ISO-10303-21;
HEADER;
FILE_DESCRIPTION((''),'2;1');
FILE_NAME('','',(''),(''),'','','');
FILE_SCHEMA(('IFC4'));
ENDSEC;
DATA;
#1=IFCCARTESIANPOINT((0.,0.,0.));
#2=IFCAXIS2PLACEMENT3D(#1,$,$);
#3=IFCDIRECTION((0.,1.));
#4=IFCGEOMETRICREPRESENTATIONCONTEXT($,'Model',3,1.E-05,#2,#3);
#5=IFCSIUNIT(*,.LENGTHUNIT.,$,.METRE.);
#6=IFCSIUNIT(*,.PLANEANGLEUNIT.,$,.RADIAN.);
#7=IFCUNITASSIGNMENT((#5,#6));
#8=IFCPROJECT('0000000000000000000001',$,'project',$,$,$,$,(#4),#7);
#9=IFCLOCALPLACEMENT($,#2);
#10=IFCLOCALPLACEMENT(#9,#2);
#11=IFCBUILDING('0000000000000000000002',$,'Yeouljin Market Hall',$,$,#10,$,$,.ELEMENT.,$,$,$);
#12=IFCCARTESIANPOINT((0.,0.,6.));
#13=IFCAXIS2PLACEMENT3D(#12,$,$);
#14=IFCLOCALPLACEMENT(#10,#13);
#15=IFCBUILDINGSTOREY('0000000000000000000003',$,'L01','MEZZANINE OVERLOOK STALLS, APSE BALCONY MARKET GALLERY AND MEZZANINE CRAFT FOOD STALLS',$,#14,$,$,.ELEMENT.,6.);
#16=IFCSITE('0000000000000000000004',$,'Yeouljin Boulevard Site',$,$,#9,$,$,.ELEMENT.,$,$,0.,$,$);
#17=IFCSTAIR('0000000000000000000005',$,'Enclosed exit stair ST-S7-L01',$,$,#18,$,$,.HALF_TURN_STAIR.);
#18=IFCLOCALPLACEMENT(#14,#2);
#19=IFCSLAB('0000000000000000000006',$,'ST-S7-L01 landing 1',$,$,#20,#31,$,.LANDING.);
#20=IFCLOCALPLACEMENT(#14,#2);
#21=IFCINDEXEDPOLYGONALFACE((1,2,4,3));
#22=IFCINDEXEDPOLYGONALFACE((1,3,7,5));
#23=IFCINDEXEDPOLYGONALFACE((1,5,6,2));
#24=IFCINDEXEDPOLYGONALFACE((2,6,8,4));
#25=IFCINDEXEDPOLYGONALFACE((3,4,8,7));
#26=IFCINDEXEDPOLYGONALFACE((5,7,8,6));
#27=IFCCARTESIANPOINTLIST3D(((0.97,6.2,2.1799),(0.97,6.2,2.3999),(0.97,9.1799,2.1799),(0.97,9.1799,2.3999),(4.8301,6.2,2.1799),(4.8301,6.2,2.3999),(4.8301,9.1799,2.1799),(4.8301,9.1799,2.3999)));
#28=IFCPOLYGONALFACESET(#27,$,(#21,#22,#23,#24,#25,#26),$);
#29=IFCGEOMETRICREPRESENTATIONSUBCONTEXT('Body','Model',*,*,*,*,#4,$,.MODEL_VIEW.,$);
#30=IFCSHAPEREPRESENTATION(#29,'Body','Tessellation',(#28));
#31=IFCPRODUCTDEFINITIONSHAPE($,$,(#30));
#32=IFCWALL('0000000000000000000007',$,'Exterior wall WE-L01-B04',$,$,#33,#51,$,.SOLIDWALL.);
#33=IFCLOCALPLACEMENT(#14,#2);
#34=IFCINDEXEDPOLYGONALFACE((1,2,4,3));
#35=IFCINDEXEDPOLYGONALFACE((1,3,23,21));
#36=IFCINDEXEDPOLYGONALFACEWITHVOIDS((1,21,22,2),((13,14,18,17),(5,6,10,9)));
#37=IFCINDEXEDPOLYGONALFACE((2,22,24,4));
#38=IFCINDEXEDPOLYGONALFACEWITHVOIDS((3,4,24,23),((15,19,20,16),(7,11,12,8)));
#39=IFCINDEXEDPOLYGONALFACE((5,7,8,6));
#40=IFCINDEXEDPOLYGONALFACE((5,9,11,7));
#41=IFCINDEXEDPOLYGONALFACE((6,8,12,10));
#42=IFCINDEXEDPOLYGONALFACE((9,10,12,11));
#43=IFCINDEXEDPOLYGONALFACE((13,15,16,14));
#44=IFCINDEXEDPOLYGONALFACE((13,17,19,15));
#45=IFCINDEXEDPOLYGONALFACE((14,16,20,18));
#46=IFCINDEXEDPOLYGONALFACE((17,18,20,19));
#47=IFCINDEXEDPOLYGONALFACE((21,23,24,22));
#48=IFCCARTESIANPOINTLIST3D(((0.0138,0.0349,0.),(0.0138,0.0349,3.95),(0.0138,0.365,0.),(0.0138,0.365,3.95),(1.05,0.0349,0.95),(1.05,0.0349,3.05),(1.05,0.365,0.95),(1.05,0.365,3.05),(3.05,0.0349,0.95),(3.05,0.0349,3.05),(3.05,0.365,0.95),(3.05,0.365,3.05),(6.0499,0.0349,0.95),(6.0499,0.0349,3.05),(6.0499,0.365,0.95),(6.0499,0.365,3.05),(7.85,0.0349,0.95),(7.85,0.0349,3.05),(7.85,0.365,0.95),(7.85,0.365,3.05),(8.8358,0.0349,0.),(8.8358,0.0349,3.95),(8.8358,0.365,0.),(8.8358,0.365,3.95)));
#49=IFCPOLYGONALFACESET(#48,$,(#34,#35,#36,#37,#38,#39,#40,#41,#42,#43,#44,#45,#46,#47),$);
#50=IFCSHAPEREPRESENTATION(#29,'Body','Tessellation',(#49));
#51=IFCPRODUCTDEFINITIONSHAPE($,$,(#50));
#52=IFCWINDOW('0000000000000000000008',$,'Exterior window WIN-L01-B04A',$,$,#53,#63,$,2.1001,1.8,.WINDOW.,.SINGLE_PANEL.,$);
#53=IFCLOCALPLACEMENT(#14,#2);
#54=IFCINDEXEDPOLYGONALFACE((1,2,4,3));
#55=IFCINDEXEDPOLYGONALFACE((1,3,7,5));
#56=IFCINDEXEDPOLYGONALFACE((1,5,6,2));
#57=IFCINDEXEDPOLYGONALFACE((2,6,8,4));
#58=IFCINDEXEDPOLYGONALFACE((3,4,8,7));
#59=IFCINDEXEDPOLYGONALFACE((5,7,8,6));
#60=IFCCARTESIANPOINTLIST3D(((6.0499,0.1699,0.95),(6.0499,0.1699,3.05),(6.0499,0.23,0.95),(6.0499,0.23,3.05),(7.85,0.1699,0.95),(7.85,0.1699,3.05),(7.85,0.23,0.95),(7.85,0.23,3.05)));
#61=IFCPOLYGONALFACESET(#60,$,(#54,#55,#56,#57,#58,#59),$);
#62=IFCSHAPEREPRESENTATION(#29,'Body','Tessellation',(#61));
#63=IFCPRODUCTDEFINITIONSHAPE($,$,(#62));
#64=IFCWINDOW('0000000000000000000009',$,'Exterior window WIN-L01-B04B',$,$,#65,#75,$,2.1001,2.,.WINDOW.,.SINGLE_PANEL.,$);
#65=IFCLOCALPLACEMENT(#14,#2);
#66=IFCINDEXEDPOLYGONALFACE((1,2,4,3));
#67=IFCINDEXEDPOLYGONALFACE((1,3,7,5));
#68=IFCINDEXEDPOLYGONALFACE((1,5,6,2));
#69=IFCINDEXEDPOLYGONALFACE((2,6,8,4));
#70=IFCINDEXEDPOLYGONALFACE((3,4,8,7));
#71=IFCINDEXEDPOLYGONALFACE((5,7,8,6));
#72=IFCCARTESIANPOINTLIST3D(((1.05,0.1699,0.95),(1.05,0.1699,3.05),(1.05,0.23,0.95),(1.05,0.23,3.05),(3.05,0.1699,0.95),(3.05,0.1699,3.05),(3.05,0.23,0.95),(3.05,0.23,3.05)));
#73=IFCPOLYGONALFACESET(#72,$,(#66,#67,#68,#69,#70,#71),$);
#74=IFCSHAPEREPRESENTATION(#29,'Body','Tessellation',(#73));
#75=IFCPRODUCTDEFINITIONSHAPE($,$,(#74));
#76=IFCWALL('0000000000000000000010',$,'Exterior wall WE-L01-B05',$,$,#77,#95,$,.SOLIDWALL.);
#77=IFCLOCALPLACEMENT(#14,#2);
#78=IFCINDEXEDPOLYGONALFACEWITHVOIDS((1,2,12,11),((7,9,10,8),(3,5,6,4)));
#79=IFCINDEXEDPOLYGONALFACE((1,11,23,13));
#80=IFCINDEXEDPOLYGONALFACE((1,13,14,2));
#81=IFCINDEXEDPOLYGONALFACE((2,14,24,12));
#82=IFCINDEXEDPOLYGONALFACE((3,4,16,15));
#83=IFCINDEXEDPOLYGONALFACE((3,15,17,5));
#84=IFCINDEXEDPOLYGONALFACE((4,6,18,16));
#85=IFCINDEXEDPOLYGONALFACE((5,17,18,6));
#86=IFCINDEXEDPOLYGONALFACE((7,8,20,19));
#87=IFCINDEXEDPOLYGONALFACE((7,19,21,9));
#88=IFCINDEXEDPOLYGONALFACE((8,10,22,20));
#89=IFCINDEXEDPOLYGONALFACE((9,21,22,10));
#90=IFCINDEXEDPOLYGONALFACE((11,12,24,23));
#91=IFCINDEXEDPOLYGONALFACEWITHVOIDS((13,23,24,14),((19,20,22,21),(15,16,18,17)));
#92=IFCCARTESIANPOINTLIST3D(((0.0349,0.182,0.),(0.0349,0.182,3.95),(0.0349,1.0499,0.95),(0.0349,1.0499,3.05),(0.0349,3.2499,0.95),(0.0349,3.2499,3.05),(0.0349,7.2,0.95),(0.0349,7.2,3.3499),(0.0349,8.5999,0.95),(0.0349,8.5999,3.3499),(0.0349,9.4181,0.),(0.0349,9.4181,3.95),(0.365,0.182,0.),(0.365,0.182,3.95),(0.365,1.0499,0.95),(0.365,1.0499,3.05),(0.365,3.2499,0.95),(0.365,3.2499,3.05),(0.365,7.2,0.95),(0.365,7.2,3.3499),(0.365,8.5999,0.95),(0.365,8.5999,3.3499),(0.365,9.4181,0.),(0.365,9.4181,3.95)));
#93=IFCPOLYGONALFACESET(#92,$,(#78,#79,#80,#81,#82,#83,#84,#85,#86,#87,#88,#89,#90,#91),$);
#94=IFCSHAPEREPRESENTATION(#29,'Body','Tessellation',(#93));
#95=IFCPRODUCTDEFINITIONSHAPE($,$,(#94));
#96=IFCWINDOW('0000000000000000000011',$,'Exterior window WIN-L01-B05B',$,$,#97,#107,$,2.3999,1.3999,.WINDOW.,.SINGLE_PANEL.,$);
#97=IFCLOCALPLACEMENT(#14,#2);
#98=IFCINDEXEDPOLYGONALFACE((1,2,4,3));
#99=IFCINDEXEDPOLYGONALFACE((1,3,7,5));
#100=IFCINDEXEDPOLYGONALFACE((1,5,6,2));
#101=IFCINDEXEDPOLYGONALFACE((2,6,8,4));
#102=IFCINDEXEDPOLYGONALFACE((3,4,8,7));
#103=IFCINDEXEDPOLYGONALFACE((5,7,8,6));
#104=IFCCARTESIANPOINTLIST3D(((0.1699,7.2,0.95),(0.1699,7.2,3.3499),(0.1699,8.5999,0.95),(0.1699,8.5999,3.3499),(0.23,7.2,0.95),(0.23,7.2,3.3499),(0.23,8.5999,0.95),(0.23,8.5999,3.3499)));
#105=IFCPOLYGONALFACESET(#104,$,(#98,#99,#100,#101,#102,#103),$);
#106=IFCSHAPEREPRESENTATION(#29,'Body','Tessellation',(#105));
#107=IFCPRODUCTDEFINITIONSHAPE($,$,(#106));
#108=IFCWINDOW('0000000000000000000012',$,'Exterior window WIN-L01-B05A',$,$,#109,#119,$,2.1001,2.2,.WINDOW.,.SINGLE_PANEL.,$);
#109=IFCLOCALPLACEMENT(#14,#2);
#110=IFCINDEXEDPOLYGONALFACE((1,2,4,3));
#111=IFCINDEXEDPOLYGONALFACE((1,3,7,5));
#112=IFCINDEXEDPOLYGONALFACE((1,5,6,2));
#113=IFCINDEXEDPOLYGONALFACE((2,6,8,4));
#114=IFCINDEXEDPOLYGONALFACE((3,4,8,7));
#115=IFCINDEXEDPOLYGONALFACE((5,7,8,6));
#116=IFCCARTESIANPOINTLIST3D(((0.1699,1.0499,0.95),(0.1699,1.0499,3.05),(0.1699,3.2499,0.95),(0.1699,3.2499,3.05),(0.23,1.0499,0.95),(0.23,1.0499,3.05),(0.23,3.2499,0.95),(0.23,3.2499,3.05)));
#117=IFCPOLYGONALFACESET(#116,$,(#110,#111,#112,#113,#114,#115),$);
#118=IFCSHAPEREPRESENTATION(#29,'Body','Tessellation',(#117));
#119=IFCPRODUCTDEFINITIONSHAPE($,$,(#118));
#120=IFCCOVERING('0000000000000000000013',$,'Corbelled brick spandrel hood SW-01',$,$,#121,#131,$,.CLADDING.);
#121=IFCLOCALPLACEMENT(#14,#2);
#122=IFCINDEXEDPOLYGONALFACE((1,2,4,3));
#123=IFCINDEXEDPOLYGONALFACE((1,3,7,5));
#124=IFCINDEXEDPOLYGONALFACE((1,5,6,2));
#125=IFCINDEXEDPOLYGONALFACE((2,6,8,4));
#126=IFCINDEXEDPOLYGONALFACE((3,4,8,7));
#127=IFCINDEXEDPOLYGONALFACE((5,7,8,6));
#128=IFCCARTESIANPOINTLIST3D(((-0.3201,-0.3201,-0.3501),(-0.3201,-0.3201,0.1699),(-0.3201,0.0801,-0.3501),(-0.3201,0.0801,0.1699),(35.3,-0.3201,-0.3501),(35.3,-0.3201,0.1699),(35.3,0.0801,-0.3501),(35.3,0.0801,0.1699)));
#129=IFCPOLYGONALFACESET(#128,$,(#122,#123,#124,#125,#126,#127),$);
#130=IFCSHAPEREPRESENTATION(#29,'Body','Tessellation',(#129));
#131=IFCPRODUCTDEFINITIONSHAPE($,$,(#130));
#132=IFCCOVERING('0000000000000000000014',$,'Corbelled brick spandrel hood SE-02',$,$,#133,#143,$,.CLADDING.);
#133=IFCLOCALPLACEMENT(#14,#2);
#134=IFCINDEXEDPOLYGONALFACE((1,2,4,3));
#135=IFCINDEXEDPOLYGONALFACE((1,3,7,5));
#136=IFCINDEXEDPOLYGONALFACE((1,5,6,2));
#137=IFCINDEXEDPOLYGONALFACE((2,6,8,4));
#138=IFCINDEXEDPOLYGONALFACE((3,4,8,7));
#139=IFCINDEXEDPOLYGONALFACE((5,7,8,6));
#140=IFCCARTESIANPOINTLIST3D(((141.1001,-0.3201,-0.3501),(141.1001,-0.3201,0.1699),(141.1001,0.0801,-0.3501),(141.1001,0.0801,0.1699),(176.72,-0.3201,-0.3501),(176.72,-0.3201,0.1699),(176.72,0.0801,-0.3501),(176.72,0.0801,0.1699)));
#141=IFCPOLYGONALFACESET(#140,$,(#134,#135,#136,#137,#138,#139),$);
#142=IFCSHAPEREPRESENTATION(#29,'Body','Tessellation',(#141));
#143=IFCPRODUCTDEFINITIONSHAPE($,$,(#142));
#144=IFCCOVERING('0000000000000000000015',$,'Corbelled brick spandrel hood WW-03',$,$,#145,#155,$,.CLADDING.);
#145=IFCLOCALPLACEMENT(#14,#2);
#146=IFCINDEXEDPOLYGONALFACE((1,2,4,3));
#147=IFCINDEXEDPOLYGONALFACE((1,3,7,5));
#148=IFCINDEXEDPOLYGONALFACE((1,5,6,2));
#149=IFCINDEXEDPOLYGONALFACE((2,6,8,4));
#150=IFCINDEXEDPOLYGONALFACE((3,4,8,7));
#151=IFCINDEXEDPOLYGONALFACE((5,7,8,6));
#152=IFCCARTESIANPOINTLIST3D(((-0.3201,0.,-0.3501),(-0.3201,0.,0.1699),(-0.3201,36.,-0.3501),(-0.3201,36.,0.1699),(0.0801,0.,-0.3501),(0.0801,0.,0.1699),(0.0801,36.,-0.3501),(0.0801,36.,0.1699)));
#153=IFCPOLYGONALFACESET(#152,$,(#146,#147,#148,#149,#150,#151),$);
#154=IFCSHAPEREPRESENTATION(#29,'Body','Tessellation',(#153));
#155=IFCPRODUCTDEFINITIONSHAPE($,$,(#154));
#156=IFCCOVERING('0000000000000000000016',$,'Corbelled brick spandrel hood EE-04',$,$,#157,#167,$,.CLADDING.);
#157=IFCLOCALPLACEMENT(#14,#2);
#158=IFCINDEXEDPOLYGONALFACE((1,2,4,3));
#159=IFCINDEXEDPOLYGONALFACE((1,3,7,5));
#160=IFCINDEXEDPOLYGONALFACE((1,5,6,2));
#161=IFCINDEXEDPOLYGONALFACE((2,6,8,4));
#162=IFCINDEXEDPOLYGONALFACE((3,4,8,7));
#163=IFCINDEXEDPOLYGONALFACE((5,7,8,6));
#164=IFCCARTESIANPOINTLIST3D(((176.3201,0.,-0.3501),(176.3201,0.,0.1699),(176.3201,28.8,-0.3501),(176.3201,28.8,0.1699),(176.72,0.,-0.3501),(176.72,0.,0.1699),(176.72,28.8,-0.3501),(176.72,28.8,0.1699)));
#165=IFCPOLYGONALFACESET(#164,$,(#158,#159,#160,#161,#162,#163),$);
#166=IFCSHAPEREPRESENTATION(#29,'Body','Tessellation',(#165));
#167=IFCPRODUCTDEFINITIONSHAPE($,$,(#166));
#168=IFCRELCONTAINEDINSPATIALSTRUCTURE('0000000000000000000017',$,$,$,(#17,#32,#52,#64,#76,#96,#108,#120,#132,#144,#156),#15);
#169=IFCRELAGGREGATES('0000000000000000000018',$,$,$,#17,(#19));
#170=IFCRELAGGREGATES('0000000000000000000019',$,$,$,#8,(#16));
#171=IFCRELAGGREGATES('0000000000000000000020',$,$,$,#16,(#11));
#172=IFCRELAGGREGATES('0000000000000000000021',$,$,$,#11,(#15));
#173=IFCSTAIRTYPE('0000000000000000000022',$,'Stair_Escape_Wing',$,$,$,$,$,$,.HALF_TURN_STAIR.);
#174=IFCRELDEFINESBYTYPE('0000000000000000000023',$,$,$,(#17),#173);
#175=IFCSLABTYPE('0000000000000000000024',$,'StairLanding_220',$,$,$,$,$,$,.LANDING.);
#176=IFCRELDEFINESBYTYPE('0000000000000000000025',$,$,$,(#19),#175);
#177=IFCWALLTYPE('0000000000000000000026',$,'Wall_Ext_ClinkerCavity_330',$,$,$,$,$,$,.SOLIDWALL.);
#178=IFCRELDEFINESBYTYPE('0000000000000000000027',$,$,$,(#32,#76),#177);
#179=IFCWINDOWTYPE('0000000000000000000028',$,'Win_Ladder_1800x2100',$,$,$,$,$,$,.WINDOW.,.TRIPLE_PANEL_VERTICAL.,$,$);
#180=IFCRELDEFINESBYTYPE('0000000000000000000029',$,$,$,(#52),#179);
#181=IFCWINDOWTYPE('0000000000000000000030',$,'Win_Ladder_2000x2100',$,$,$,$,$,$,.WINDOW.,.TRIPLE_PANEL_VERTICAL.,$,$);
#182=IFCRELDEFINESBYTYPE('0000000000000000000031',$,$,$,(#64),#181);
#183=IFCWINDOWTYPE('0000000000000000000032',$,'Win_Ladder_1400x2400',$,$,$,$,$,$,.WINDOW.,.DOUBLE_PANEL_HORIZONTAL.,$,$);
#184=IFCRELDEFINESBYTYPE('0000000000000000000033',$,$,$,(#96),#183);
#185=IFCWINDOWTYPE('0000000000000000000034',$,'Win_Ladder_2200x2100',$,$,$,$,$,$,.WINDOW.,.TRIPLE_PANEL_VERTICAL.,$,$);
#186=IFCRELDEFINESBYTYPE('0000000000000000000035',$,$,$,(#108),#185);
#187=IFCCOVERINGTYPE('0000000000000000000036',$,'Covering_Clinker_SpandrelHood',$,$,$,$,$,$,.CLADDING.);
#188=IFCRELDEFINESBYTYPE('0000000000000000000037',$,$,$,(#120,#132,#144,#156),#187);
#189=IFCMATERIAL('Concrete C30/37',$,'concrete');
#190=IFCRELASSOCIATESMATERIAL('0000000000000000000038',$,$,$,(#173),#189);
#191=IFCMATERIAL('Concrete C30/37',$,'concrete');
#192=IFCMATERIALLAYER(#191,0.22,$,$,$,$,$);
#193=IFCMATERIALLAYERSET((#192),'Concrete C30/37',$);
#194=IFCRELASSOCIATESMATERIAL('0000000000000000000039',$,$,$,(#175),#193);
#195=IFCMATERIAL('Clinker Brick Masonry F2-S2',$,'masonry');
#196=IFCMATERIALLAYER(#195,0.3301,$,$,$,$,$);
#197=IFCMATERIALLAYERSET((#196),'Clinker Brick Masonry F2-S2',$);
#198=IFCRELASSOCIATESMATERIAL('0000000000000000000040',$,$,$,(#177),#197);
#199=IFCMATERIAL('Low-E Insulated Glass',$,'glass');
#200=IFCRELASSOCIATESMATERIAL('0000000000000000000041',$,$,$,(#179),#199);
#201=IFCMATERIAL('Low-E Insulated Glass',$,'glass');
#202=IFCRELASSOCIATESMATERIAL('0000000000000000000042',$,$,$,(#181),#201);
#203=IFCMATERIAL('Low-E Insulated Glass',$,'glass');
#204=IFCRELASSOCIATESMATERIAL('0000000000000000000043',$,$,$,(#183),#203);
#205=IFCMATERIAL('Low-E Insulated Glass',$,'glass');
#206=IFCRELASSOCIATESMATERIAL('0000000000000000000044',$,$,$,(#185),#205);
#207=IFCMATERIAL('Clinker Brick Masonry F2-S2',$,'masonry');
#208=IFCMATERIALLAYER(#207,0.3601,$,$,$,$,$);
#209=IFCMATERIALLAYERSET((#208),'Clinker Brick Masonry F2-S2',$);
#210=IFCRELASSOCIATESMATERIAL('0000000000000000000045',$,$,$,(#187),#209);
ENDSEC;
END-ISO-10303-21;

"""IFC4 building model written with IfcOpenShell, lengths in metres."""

from ifc_helpers import new_model, si_unit, direction, frame, frame_2d, origin, place, context, subcontext, project, spatial, polyline, rectangle, outline, extrude, material, layer, layer_set, type_object, element, fill, aggregate, save


model = new_model("IFC4")

# Units and contexts
model_context = context("Model", 3, precision=1e-05, world=origin(), true_north=direction((0.0, 1.0)))
body_context = subcontext(model_context, "Body", "Model", "MODEL_VIEW")
ifc_project = project(units=[si_unit("LENGTHUNIT", "METRE"), si_unit("PLANEANGLEUNIT", "RADIAN")], contexts=[model_context])

# Site, building, storey
site_placement = place(None, origin())
site = spatial("IfcSite", under=ifc_project, at=site_placement, Name="Yeouljin Boulevard Site", CompositionType="ELEMENT", RefElevation=0.0)
building_placement = place(site_placement, origin())
building = spatial("IfcBuilding", under=site, at=building_placement, Name="Yeouljin Market Hall", CompositionType="ELEMENT")
storey_placement = place(building_placement, frame((0.0, 0.0, 6.0)))
storey = spatial("IfcBuildingStorey", under=building, at=storey_placement, Name="L01", Description="MEZZANINE OVERLOOK STALLS, APSE BALCONY MARKET GALLERY AND MEZZANINE CRAFT FOOD STALLS", CompositionType="ELEMENT", Elevation=6.0)

# Stair, slab
ifc_material_1 = material(Name="Concrete C30/37", Category="concrete")
stair_type_1 = type_object("IfcStairType", Name="Stair_Escape_Wing", PredefinedType="HALF_TURN_STAIR", material=ifc_material_1)
ifc_material_2 = material(Name="Concrete C30/37", Category="concrete")
ifc_layer_1 = layer(ifc_material_2, 0.22)
ifc_layer_set_1 = layer_set([ifc_layer_1], Name="Concrete C30/37")
slab_type_1 = type_object("IfcSlabType", Name="StairLanding_220", PredefinedType="LANDING", material=ifc_layer_set_1)
stair_1_placement = place(storey_placement, origin())
stair_1 = element("IfcStair", 1, at=stair_1_placement, inside=storey, type_object=stair_type_1, Name="Enclosed exit stair ST-S7-L01", PredefinedType="HALF_TURN_STAIR")
slab_1_placement = place(storey_placement, frame((0.0, 0.0, 2.1799)))
slab_1 = element("IfcSlab", 2, at=slab_1_placement, type_object=slab_type_1, Name="ST-S7-L01 landing 1", PredefinedType="LANDING", context=body_context, shape_type="SweptSolid", body=[
    extrude(outline(polyline([(0.97, 6.2), (4.8301, 6.2), (4.8301, 9.1799), (0.97, 9.1799), (0.97, 6.2)])), origin(), (0.0, 0.0, 1.0), 0.22),
])
aggregate(stair_1, [slab_1])

# Walls, openings, windows
ifc_material_3 = material(Name="Clinker Brick Masonry F2-S2", Category="masonry")
ifc_layer_2 = layer(ifc_material_3, 0.3301)
ifc_layer_set_2 = layer_set([ifc_layer_2], Name="Clinker Brick Masonry F2-S2")
wall_type = type_object("IfcWallType", Name="Wall_Ext_ClinkerCavity_330", PredefinedType="SOLIDWALL", material=ifc_layer_set_2)
wall_1_placement = place(storey_placement, frame((8.8359, 0.2, 0.0), z_axis=(0.0, 0.0, 1.0), x_axis=(-1.0, 0.0, 0.0)))
wall_1 = element("IfcWall", 3, at=wall_1_placement, inside=storey, type_object=wall_type, Name="Exterior wall WE-L01-B04", PredefinedType="SOLIDWALL", context=body_context, shape_type="SweptSolid", body=[
    extrude(rectangle(XDim=8.822, YDim=0.3301, at=frame_2d((4.4111, 0.0))), origin(), (0.0, 0.0, 1.0), 3.95),
])
opening_1_placement = place(wall_1_placement, frame((0.9861, 0.0, 0.95)))
opening_1 = element("IfcOpeningElement", 4, at=opening_1_placement, cuts=wall_1, PredefinedType="OPENING", context=body_context, shape_type="SweptSolid", body=[
    extrude(rectangle(XDim=1.8, YDim=2.1001, at=frame_2d((0.8999, 1.05))), frame((0.0, 0.175, 0.0), z_axis=(0.0, -1.0, 0.0), x_axis=(1.0, 0.0, 0.0)), (0.0, 0.0, 1.0), 0.3501),
])
opening_2_placement = place(wall_1_placement, frame((5.7859, 0.0, 0.95)))
opening_2 = element("IfcOpeningElement", 5, at=opening_2_placement, cuts=wall_1, PredefinedType="OPENING", context=body_context, shape_type="SweptSolid", body=[
    extrude(rectangle(XDim=2.0, YDim=2.1001, at=frame_2d((1.0, 1.05))), frame((0.0, 0.175, 0.0), z_axis=(0.0, -1.0, 0.0), x_axis=(1.0, 0.0, 0.0)), (0.0, 0.0, 1.0), 0.3501),
])
ifc_material_4 = material(Name="Low-E Insulated Glass", Category="glass")
window_type_1 = type_object("IfcWindowType", Name="Win_Ladder_1800x2100", PartitioningType="TRIPLE_PANEL_VERTICAL", PredefinedType="WINDOW", material=ifc_material_4)
window_1_placement = place(opening_1_placement, origin())
window_1 = element("IfcWindow", 6, at=window_1_placement, inside=storey, type_object=window_type_1, Name="Exterior window WIN-L01-B04A", OverallHeight=2.1001, OverallWidth=1.8, PartitioningType="SINGLE_PANEL", PredefinedType="WINDOW", context=body_context, shape_type="SweptSolid", body=[
    extrude(rectangle(XDim=1.8, YDim=2.1001, at=frame_2d((0.8999, 1.05))), frame((0.0, 0.03, 0.0), z_axis=(0.0, -1.0, 0.0), x_axis=(1.0, 0.0, 0.0)), (0.0, 0.0, 1.0), 0.0601),
])
fill(opening_1, window_1)
ifc_material_5 = material(Name="Low-E Insulated Glass", Category="glass")
window_type_2 = type_object("IfcWindowType", Name="Win_Ladder_2000x2100", PartitioningType="TRIPLE_PANEL_VERTICAL", PredefinedType="WINDOW", material=ifc_material_5)
window_2_placement = place(opening_2_placement, origin())
window_2 = element("IfcWindow", 7, at=window_2_placement, inside=storey, type_object=window_type_2, Name="Exterior window WIN-L01-B04B", OverallHeight=2.1001, OverallWidth=2.0, PartitioningType="SINGLE_PANEL", PredefinedType="WINDOW", context=body_context, shape_type="SweptSolid", body=[
    extrude(rectangle(XDim=2.0, YDim=2.1001, at=frame_2d((1.0, 1.05))), frame((0.0, 0.03, 0.0), z_axis=(0.0, -1.0, 0.0), x_axis=(1.0, 0.0, 0.0)), (0.0, 0.0, 1.0), 0.0601),
])
fill(opening_2, window_2)
wall_2_placement = place(storey_placement, frame((0.2, 0.1819, 0.0), z_axis=(0.0, 0.0, 1.0), x_axis=(0.0, 1.0, 0.0)))
wall_2 = element("IfcWall", 8, at=wall_2_placement, inside=storey, type_object=wall_type, Name="Exterior wall WE-L01-B05", PredefinedType="SOLIDWALL", context=body_context, shape_type="SweptSolid", body=[
    extrude(rectangle(XDim=9.2361, YDim=0.3301, at=frame_2d((4.6182, 0.0))), origin(), (0.0, 0.0, 1.0), 3.95),
])
opening_3_placement = place(wall_2_placement, frame((0.8679, 0.0, 0.95)))
opening_3 = element("IfcOpeningElement", 9, at=opening_3_placement, cuts=wall_2, PredefinedType="OPENING", context=body_context, shape_type="SweptSolid", body=[
    extrude(rectangle(XDim=2.2, YDim=2.1001, at=frame_2d((1.1001, 1.05))), frame((0.0, 0.175, 0.0), z_axis=(0.0, -1.0, 0.0), x_axis=(1.0, 0.0, 0.0)), (0.0, 0.0, 1.0), 0.3501),
])
opening_4_placement = place(wall_2_placement, frame((7.0181, 0.0, 0.95)))
opening_4 = element("IfcOpeningElement", 10, at=opening_4_placement, cuts=wall_2, PredefinedType="OPENING", context=body_context, shape_type="SweptSolid", body=[
    extrude(rectangle(XDim=1.3999, YDim=2.3999, at=frame_2d((0.7, 1.2))), frame((0.0, 0.175, 0.0), z_axis=(0.0, -1.0, 0.0), x_axis=(1.0, 0.0, 0.0)), (0.0, 0.0, 1.0), 0.3501),
])
ifc_material_6 = material(Name="Low-E Insulated Glass", Category="glass")
window_type_3 = type_object("IfcWindowType", Name="Win_Ladder_1400x2400", PartitioningType="DOUBLE_PANEL_HORIZONTAL", PredefinedType="WINDOW", material=ifc_material_6)
window_3_placement = place(opening_4_placement, origin())
window_3 = element("IfcWindow", 11, at=window_3_placement, inside=storey, type_object=window_type_3, Name="Exterior window WIN-L01-B05B", OverallHeight=2.3999, OverallWidth=1.3999, PartitioningType="SINGLE_PANEL", PredefinedType="WINDOW", context=body_context, shape_type="SweptSolid", body=[
    extrude(rectangle(XDim=1.3999, YDim=2.3999, at=frame_2d((0.7, 1.2))), frame((0.0, 0.03, 0.0), z_axis=(0.0, -1.0, 0.0), x_axis=(1.0, 0.0, 0.0)), (0.0, 0.0, 1.0), 0.0601),
])
fill(opening_4, window_3)
ifc_material_7 = material(Name="Low-E Insulated Glass", Category="glass")
window_type_4 = type_object("IfcWindowType", Name="Win_Ladder_2200x2100", PartitioningType="TRIPLE_PANEL_VERTICAL", PredefinedType="WINDOW", material=ifc_material_7)
window_4_placement = place(opening_3_placement, origin())
window_4 = element("IfcWindow", 12, at=window_4_placement, inside=storey, type_object=window_type_4, Name="Exterior window WIN-L01-B05A", OverallHeight=2.1001, OverallWidth=2.2, PartitioningType="SINGLE_PANEL", PredefinedType="WINDOW", context=body_context, shape_type="SweptSolid", body=[
    extrude(rectangle(XDim=2.2, YDim=2.1001, at=frame_2d((1.1001, 1.05))), frame((0.0, 0.03, 0.0), z_axis=(0.0, -1.0, 0.0), x_axis=(1.0, 0.0, 0.0)), (0.0, 0.0, 1.0), 0.0601),
])
fill(opening_3, window_4)

# Coverings
ifc_material_8 = material(Name="Clinker Brick Masonry F2-S2", Category="masonry")
ifc_layer_3 = layer(ifc_material_8, 0.3601)
ifc_layer_set_3 = layer_set([ifc_layer_3], Name="Clinker Brick Masonry F2-S2")
covering_type_1 = type_object("IfcCoveringType", Name="Covering_Clinker_SpandrelHood", PredefinedType="CLADDING", material=ifc_layer_set_3)
covering_1_placement = place(storey_placement, frame((0.0, 0.0, -0.3501)))
element("IfcCovering", 13, at=covering_1_placement, inside=storey, type_object=covering_type_1, Name="Corbelled brick spandrel hood SW-01", PredefinedType="CLADDING", context=body_context, shape_type="SweptSolid", body=[
    extrude(outline(polyline([(-0.3201, -0.3201), (35.3, -0.3201), (35.3, 0.0801), (-0.3201, 0.0801), (-0.3201, -0.3201)])), origin(), (0.0, 0.0, 1.0), 0.52),
])
covering_2_placement = place(storey_placement, frame((0.0, 0.0, -0.3501)))
element("IfcCovering", 14, at=covering_2_placement, inside=storey, type_object=covering_type_1, Name="Corbelled brick spandrel hood SE-02", PredefinedType="CLADDING", context=body_context, shape_type="SweptSolid", body=[
    extrude(outline(polyline([(141.1001, -0.3201), (176.72, -0.3201), (176.72, 0.0801), (141.1001, 0.0801), (141.1001, -0.3201)])), origin(), (0.0, 0.0, 1.0), 0.52),
])
covering_3_placement = place(storey_placement, frame((0.0, 0.0, -0.3501)))
element("IfcCovering", 15, at=covering_3_placement, inside=storey, type_object=covering_type_1, Name="Corbelled brick spandrel hood WW-03", PredefinedType="CLADDING", context=body_context, shape_type="SweptSolid", body=[
    extrude(outline(polyline([(-0.3201, 0.0), (0.0801, 0.0), (0.0801, 36.0), (-0.3201, 36.0), (-0.3201, 0.0)])), origin(), (0.0, 0.0, 1.0), 0.52),
])
covering_4_placement = place(storey_placement, frame((0.0, 0.0, -0.3501)))
element("IfcCovering", 16, at=covering_4_placement, inside=storey, type_object=covering_type_1, Name="Corbelled brick spandrel hood EE-04", PredefinedType="CLADDING", context=body_context, shape_type="SweptSolid", body=[
    extrude(outline(polyline([(176.3201, 0.0), (176.72, 0.0), (176.72, 28.8), (176.3201, 28.8), (176.3201, 0.0)])), origin(), (0.0, 0.0, 1.0), 0.52),
])

save(model, "model.ifc")
